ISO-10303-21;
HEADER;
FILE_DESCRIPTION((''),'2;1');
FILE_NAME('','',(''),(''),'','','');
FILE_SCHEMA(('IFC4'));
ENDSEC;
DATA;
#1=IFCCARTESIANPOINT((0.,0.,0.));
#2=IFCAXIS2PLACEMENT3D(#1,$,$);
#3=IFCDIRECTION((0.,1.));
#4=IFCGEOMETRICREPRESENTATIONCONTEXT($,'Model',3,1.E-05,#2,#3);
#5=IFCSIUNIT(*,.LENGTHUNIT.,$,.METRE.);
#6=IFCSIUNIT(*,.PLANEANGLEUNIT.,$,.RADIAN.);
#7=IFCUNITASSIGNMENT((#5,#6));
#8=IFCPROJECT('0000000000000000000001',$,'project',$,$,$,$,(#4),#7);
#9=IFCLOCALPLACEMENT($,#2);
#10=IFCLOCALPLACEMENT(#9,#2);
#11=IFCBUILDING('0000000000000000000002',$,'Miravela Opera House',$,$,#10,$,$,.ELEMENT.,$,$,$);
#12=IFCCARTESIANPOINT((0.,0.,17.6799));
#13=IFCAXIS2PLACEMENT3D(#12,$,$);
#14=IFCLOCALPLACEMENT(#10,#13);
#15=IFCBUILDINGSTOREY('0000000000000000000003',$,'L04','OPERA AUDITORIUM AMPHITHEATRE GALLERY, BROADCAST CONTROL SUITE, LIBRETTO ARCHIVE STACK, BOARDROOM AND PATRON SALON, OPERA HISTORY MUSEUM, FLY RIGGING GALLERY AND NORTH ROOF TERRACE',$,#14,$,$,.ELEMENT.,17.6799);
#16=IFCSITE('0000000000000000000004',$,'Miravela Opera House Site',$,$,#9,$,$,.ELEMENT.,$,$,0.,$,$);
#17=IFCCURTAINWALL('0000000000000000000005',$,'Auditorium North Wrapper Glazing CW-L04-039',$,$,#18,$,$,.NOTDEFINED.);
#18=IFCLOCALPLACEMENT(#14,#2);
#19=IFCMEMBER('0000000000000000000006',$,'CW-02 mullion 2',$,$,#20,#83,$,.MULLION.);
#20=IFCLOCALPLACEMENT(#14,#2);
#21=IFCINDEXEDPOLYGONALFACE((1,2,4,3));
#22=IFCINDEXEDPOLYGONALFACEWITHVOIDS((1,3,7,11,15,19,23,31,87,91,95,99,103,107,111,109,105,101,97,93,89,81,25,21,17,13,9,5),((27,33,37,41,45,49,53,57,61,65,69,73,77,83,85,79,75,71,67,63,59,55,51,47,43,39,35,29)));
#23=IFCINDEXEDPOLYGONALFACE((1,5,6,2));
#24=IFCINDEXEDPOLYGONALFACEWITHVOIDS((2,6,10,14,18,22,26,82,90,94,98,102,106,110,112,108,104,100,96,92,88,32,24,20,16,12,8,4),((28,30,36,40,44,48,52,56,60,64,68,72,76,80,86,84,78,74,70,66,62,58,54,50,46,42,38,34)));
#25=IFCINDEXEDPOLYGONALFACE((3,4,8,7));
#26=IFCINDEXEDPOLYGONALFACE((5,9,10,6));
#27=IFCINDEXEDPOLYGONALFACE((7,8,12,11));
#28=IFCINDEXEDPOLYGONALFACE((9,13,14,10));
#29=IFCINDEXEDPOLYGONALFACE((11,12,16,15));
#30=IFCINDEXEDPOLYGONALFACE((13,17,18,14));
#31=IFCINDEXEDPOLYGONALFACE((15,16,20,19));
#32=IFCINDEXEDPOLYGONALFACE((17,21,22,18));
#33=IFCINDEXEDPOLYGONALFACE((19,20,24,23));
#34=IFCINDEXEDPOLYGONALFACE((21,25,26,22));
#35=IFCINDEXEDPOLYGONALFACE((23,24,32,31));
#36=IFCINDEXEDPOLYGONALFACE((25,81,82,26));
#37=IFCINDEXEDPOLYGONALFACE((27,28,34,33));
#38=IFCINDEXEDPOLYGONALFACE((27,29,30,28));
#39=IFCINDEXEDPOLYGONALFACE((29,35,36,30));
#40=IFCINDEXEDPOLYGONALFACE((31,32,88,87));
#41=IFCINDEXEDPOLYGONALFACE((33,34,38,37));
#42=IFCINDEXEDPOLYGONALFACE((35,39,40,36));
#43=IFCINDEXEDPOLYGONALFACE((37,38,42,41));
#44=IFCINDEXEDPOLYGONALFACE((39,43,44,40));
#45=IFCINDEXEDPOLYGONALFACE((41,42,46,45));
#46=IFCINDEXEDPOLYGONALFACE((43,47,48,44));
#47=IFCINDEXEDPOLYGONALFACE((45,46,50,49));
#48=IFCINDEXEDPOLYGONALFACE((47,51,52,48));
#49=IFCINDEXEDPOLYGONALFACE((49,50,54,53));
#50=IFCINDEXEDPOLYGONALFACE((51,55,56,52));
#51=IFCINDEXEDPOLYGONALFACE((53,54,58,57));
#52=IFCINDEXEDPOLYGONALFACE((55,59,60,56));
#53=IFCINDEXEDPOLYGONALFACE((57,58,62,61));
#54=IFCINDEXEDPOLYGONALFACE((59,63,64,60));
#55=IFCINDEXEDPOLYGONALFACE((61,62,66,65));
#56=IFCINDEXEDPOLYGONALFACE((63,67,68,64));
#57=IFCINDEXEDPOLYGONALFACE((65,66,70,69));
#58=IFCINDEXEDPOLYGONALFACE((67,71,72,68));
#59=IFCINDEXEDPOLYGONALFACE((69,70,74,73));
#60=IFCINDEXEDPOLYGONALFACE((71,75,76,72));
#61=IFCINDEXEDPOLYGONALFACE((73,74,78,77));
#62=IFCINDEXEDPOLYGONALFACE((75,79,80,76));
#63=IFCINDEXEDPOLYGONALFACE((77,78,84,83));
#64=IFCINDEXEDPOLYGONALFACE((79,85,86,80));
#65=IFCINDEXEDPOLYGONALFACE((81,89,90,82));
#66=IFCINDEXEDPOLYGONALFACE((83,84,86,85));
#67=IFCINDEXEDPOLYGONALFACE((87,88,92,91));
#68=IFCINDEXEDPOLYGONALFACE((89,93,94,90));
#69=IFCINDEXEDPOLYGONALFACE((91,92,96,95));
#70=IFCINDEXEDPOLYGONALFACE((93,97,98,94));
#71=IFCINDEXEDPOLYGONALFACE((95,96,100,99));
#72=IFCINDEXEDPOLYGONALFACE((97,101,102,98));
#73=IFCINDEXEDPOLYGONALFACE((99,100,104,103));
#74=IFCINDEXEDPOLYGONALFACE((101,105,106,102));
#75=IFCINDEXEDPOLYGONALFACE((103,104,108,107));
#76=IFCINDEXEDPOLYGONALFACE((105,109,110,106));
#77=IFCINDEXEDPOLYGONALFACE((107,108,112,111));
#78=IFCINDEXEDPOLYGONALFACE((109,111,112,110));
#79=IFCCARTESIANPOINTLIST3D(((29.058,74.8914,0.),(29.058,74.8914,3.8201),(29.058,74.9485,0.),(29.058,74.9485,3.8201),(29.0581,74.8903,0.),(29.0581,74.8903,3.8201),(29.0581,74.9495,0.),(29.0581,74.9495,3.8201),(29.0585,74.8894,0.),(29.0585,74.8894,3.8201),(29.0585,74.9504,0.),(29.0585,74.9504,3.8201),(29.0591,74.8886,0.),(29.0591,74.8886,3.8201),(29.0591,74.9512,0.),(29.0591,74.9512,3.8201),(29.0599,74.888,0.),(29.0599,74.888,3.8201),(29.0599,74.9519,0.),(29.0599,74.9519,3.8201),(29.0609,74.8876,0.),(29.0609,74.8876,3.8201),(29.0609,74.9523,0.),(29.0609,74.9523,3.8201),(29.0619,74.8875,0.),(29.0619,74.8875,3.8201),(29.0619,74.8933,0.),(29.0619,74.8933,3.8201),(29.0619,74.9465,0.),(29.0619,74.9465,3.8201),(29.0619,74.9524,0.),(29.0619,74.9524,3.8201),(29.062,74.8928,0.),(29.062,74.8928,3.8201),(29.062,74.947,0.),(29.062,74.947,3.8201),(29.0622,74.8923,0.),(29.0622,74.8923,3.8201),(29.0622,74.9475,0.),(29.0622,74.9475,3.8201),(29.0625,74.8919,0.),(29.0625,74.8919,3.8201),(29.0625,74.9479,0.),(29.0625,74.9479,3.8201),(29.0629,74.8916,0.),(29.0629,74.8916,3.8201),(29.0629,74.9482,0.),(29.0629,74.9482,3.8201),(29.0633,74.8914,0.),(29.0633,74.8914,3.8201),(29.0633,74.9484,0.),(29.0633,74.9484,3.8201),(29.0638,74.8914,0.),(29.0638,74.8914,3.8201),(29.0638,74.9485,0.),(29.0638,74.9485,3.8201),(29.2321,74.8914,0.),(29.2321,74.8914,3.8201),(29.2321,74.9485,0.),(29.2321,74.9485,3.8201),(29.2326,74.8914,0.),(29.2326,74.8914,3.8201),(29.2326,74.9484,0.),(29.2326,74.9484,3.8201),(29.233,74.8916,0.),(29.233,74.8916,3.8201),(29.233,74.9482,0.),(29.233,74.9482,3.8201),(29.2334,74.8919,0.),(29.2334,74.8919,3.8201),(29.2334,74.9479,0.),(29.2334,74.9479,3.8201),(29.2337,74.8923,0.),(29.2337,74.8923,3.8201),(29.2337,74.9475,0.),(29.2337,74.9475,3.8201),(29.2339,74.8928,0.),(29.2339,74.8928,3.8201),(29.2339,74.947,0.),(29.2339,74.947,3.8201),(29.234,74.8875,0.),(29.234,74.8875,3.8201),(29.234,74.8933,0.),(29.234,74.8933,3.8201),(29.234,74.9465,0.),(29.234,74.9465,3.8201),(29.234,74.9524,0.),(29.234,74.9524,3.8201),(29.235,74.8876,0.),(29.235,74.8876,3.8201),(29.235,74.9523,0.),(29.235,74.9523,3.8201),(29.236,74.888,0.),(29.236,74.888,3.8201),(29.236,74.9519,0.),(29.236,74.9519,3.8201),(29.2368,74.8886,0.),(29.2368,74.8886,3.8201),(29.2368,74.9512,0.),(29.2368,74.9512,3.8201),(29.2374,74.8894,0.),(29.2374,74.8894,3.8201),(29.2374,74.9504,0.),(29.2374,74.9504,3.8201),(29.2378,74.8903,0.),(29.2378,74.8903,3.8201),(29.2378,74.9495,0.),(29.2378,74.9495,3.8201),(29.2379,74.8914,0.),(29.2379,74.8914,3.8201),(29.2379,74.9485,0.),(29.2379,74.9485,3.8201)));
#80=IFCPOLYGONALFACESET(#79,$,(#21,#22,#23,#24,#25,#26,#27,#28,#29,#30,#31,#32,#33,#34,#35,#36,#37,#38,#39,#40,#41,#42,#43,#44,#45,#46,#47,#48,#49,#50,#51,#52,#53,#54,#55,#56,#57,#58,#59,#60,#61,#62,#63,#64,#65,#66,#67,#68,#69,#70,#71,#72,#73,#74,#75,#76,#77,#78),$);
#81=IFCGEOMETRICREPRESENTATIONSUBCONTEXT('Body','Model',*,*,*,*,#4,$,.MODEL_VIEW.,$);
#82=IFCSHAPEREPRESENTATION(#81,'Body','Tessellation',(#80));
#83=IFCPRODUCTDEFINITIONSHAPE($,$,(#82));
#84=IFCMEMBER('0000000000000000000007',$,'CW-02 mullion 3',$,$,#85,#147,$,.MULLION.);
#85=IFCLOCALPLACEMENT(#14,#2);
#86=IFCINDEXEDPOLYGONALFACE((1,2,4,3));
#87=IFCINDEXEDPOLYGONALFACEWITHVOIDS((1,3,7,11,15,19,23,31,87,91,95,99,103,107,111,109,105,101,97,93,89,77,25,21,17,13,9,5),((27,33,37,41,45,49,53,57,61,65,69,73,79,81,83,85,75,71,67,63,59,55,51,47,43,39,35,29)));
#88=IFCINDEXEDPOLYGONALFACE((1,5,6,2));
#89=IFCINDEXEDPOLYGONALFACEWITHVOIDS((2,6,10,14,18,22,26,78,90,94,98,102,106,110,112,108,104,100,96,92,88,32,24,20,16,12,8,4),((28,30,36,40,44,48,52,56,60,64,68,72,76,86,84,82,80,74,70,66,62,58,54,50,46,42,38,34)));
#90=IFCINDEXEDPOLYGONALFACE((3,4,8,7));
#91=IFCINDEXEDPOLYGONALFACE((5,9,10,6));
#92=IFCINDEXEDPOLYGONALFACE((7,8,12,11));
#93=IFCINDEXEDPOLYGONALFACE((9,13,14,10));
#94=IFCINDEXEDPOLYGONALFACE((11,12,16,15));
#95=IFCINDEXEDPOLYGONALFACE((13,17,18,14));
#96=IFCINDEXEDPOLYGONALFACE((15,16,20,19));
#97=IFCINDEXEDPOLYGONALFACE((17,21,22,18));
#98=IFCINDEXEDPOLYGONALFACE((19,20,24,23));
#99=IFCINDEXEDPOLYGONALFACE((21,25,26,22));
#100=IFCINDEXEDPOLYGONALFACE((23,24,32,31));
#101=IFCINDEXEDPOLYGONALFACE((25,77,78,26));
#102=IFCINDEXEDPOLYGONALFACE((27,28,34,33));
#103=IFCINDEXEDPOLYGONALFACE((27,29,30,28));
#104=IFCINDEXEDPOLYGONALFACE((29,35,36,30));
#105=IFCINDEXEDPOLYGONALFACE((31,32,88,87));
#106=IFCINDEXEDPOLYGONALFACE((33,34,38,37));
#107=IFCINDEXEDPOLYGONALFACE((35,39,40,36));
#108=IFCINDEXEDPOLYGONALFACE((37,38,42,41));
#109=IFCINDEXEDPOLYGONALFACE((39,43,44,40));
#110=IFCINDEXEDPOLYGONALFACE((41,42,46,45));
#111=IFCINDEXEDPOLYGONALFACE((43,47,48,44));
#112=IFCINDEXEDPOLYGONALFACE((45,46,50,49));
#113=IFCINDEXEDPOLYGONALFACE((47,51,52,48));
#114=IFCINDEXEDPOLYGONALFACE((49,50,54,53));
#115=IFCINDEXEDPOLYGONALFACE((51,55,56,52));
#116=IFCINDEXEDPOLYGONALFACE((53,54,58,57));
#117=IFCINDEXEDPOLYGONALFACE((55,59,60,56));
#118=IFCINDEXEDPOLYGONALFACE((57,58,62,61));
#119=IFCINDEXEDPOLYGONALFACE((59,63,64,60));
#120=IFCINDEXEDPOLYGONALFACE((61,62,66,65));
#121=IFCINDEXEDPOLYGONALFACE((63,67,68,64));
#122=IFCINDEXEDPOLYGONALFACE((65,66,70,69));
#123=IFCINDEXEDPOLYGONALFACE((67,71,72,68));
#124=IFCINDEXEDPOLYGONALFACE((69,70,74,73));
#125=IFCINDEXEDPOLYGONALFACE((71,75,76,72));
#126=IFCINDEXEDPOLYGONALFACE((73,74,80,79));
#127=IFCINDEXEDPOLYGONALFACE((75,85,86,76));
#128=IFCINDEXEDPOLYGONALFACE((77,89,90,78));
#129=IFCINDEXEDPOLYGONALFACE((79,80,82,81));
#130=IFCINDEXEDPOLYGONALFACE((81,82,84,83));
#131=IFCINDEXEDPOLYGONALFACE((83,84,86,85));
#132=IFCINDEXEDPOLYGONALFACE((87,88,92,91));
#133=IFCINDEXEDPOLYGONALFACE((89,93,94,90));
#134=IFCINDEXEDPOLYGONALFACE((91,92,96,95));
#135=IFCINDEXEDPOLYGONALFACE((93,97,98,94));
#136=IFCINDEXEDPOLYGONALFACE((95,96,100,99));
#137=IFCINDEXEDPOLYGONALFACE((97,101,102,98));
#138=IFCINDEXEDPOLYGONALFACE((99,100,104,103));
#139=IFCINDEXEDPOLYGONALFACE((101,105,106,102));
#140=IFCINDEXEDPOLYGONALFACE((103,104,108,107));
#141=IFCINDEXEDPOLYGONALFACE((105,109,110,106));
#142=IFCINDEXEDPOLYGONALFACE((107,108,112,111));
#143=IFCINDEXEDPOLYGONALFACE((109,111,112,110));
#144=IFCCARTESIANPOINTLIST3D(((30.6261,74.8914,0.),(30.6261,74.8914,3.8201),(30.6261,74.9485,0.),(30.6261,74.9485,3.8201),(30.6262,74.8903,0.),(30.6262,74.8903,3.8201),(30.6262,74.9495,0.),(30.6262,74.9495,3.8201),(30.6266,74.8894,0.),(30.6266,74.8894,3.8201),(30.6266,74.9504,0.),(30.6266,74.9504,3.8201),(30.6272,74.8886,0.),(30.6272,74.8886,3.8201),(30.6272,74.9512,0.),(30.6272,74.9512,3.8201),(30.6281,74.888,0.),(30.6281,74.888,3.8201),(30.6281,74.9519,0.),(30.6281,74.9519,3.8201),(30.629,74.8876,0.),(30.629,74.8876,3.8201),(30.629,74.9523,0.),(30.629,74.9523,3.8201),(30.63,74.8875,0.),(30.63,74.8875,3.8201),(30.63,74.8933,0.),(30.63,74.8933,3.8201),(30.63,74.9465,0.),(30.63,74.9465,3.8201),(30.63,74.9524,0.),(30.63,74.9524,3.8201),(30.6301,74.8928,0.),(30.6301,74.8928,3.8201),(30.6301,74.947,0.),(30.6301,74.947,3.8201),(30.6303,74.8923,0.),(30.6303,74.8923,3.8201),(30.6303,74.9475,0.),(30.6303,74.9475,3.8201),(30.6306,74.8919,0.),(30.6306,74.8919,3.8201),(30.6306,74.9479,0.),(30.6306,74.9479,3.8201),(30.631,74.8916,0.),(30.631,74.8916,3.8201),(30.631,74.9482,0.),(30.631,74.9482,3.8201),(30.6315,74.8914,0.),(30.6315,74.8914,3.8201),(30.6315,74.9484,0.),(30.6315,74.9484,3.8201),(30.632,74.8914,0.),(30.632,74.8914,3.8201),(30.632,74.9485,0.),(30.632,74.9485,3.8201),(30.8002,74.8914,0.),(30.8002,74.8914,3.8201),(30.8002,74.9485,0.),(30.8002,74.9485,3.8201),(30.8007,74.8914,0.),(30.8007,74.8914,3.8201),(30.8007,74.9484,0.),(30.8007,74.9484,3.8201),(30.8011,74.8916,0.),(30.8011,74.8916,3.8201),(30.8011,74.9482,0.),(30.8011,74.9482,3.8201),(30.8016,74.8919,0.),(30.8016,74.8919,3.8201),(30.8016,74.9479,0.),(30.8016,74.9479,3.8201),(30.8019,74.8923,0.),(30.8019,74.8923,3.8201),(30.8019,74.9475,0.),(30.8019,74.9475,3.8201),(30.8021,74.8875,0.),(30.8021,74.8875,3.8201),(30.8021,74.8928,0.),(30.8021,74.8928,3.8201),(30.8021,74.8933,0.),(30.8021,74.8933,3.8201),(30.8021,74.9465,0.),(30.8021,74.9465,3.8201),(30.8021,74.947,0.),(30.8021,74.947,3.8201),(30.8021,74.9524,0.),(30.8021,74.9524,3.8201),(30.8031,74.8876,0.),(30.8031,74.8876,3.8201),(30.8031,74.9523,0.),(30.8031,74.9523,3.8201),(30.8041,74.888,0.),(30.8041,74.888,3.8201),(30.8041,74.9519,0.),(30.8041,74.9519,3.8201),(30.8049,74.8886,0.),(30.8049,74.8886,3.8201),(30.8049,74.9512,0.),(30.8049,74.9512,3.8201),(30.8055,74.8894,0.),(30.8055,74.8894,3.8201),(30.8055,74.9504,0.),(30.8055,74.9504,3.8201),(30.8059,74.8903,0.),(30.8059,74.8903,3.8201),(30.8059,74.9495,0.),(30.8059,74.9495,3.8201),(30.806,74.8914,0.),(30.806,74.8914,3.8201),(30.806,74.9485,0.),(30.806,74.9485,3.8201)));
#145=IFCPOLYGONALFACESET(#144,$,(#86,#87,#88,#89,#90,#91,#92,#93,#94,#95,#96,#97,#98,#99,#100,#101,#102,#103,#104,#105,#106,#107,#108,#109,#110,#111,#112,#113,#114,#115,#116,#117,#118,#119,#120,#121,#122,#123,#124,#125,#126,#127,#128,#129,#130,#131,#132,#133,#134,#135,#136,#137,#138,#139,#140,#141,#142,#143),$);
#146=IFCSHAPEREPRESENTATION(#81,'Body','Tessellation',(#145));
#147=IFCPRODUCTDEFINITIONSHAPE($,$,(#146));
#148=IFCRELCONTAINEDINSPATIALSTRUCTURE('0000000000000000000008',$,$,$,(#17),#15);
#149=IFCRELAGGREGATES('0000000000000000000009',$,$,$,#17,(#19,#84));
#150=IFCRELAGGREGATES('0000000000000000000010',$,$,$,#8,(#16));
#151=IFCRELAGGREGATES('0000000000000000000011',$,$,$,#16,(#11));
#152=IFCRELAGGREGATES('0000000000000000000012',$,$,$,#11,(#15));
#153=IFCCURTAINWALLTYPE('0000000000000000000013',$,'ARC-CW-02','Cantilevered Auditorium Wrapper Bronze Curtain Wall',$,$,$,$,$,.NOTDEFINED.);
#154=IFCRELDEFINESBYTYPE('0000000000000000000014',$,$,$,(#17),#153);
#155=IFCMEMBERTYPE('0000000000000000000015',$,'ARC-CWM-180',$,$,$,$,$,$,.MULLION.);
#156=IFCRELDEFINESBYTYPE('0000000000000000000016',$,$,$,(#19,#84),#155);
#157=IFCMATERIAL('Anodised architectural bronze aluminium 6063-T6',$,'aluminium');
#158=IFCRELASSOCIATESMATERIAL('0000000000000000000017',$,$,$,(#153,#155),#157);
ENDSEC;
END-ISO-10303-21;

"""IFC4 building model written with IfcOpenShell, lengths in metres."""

from ifc_helpers import new_model, si_unit, direction, frame, origin, origin_2d, place, context, subcontext, project, spatial, hollow_rectangle, extrude, material, material_profile, profile_set, type_object, element, aggregate, save


model = new_model("IFC4")

# Units and contexts
model_context = context("Model", 3, precision=1e-05, world=origin(), true_north=direction((0.0, 1.0)))
body_context = subcontext(model_context, "Body", "Model", "MODEL_VIEW")
ifc_project = project(units=[si_unit("LENGTHUNIT", "METRE"), si_unit("PLANEANGLEUNIT", "RADIAN")], contexts=[model_context])

# Site, building, storey
site_placement = place(None, origin())
site = spatial("IfcSite", under=ifc_project, at=site_placement, Name="Miravela Opera House Site", CompositionType="ELEMENT", RefElevation=0.0)
building_placement = place(site_placement, origin())
building = spatial("IfcBuilding", under=site, at=building_placement, Name="Miravela Opera House", CompositionType="ELEMENT")
storey_placement = place(building_placement, frame((0.0, 0.0, 17.6799)))
storey = spatial("IfcBuildingStorey", under=building, at=storey_placement, Name="L04", Description="OPERA AUDITORIUM AMPHITHEATRE GALLERY, BROADCAST CONTROL SUITE, LIBRETTO ARCHIVE STACK, BOARDROOM AND PATRON SALON, OPERA HISTORY MUSEUM, FLY RIGGING GALLERY AND NORTH ROOF TERRACE", CompositionType="ELEMENT", Elevation=17.6799)

# Shared definitions
ifc_material_1 = material(Name="Anodised architectural bronze aluminium 6063-T6", Category="aluminium")
curtain_wall_type = type_object("IfcCurtainWallType", Name="ARC-CW-02", Description="Cantilevered Auditorium Wrapper Bronze Curtain Wall", PredefinedType="NOTDEFINED", material=ifc_material_1)
ifc_material_profile_1 = material_profile(ifc_material_1, hollow_rectangle(XDim=0.0649, YDim=0.1799, WallThickness=0.0039, InnerFilletRadius=0.002, OuterFilletRadius=0.0039, at=origin_2d()), Name="CWM-65X180")
ifc_profile_set_1 = profile_set([ifc_material_profile_1])
member_type_1 = type_object("IfcMemberType", Name="ARC-CWM-180", PredefinedType="MULLION", material=ifc_profile_set_1)

# Curtain wall, members
curtain_wall_1_placement = place(storey_placement, origin())
curtain_wall_1 = element("IfcCurtainWall", 1, at=curtain_wall_1_placement, inside=storey, type_object=curtain_wall_type, Name="Auditorium North Wrapper Glazing CW-L04-039", PredefinedType="NOTDEFINED")
member_1_placement = place(storey_placement, frame((29.1479, 74.9199, 0.0), z_axis=(0.0, 0.0, 1.0), x_axis=(0.0, 1.0, 0.0)))
member_1 = element("IfcMember", 2, at=member_1_placement, type_object=member_type_1, Name="CW-02 mullion 2", PredefinedType="MULLION", context=body_context, shape_type="SweptSolid", body=[
    extrude(hollow_rectangle(XDim=0.0649, YDim=0.1799, WallThickness=0.0039, InnerFilletRadius=0.002, OuterFilletRadius=0.0039, at=origin_2d()), origin(), (0.0, 0.0, 1.0), 3.8201),
])
member_2_placement = place(storey_placement, frame((30.7161, 74.9199, 0.0), z_axis=(0.0, 0.0, 1.0), x_axis=(0.0, 1.0, 0.0)))
member_2 = element("IfcMember", 3, at=member_2_placement, type_object=member_type_1, Name="CW-02 mullion 3", PredefinedType="MULLION", context=body_context, shape_type="SweptSolid", body=[
    extrude(hollow_rectangle(XDim=0.0649, YDim=0.1799, WallThickness=0.0039, InnerFilletRadius=0.002, OuterFilletRadius=0.0039, at=origin_2d()), origin(), (0.0, 0.0, 1.0), 3.8201),
])

aggregate(curtain_wall_1, [member_1, member_2])

save(model, "model.ifc")
